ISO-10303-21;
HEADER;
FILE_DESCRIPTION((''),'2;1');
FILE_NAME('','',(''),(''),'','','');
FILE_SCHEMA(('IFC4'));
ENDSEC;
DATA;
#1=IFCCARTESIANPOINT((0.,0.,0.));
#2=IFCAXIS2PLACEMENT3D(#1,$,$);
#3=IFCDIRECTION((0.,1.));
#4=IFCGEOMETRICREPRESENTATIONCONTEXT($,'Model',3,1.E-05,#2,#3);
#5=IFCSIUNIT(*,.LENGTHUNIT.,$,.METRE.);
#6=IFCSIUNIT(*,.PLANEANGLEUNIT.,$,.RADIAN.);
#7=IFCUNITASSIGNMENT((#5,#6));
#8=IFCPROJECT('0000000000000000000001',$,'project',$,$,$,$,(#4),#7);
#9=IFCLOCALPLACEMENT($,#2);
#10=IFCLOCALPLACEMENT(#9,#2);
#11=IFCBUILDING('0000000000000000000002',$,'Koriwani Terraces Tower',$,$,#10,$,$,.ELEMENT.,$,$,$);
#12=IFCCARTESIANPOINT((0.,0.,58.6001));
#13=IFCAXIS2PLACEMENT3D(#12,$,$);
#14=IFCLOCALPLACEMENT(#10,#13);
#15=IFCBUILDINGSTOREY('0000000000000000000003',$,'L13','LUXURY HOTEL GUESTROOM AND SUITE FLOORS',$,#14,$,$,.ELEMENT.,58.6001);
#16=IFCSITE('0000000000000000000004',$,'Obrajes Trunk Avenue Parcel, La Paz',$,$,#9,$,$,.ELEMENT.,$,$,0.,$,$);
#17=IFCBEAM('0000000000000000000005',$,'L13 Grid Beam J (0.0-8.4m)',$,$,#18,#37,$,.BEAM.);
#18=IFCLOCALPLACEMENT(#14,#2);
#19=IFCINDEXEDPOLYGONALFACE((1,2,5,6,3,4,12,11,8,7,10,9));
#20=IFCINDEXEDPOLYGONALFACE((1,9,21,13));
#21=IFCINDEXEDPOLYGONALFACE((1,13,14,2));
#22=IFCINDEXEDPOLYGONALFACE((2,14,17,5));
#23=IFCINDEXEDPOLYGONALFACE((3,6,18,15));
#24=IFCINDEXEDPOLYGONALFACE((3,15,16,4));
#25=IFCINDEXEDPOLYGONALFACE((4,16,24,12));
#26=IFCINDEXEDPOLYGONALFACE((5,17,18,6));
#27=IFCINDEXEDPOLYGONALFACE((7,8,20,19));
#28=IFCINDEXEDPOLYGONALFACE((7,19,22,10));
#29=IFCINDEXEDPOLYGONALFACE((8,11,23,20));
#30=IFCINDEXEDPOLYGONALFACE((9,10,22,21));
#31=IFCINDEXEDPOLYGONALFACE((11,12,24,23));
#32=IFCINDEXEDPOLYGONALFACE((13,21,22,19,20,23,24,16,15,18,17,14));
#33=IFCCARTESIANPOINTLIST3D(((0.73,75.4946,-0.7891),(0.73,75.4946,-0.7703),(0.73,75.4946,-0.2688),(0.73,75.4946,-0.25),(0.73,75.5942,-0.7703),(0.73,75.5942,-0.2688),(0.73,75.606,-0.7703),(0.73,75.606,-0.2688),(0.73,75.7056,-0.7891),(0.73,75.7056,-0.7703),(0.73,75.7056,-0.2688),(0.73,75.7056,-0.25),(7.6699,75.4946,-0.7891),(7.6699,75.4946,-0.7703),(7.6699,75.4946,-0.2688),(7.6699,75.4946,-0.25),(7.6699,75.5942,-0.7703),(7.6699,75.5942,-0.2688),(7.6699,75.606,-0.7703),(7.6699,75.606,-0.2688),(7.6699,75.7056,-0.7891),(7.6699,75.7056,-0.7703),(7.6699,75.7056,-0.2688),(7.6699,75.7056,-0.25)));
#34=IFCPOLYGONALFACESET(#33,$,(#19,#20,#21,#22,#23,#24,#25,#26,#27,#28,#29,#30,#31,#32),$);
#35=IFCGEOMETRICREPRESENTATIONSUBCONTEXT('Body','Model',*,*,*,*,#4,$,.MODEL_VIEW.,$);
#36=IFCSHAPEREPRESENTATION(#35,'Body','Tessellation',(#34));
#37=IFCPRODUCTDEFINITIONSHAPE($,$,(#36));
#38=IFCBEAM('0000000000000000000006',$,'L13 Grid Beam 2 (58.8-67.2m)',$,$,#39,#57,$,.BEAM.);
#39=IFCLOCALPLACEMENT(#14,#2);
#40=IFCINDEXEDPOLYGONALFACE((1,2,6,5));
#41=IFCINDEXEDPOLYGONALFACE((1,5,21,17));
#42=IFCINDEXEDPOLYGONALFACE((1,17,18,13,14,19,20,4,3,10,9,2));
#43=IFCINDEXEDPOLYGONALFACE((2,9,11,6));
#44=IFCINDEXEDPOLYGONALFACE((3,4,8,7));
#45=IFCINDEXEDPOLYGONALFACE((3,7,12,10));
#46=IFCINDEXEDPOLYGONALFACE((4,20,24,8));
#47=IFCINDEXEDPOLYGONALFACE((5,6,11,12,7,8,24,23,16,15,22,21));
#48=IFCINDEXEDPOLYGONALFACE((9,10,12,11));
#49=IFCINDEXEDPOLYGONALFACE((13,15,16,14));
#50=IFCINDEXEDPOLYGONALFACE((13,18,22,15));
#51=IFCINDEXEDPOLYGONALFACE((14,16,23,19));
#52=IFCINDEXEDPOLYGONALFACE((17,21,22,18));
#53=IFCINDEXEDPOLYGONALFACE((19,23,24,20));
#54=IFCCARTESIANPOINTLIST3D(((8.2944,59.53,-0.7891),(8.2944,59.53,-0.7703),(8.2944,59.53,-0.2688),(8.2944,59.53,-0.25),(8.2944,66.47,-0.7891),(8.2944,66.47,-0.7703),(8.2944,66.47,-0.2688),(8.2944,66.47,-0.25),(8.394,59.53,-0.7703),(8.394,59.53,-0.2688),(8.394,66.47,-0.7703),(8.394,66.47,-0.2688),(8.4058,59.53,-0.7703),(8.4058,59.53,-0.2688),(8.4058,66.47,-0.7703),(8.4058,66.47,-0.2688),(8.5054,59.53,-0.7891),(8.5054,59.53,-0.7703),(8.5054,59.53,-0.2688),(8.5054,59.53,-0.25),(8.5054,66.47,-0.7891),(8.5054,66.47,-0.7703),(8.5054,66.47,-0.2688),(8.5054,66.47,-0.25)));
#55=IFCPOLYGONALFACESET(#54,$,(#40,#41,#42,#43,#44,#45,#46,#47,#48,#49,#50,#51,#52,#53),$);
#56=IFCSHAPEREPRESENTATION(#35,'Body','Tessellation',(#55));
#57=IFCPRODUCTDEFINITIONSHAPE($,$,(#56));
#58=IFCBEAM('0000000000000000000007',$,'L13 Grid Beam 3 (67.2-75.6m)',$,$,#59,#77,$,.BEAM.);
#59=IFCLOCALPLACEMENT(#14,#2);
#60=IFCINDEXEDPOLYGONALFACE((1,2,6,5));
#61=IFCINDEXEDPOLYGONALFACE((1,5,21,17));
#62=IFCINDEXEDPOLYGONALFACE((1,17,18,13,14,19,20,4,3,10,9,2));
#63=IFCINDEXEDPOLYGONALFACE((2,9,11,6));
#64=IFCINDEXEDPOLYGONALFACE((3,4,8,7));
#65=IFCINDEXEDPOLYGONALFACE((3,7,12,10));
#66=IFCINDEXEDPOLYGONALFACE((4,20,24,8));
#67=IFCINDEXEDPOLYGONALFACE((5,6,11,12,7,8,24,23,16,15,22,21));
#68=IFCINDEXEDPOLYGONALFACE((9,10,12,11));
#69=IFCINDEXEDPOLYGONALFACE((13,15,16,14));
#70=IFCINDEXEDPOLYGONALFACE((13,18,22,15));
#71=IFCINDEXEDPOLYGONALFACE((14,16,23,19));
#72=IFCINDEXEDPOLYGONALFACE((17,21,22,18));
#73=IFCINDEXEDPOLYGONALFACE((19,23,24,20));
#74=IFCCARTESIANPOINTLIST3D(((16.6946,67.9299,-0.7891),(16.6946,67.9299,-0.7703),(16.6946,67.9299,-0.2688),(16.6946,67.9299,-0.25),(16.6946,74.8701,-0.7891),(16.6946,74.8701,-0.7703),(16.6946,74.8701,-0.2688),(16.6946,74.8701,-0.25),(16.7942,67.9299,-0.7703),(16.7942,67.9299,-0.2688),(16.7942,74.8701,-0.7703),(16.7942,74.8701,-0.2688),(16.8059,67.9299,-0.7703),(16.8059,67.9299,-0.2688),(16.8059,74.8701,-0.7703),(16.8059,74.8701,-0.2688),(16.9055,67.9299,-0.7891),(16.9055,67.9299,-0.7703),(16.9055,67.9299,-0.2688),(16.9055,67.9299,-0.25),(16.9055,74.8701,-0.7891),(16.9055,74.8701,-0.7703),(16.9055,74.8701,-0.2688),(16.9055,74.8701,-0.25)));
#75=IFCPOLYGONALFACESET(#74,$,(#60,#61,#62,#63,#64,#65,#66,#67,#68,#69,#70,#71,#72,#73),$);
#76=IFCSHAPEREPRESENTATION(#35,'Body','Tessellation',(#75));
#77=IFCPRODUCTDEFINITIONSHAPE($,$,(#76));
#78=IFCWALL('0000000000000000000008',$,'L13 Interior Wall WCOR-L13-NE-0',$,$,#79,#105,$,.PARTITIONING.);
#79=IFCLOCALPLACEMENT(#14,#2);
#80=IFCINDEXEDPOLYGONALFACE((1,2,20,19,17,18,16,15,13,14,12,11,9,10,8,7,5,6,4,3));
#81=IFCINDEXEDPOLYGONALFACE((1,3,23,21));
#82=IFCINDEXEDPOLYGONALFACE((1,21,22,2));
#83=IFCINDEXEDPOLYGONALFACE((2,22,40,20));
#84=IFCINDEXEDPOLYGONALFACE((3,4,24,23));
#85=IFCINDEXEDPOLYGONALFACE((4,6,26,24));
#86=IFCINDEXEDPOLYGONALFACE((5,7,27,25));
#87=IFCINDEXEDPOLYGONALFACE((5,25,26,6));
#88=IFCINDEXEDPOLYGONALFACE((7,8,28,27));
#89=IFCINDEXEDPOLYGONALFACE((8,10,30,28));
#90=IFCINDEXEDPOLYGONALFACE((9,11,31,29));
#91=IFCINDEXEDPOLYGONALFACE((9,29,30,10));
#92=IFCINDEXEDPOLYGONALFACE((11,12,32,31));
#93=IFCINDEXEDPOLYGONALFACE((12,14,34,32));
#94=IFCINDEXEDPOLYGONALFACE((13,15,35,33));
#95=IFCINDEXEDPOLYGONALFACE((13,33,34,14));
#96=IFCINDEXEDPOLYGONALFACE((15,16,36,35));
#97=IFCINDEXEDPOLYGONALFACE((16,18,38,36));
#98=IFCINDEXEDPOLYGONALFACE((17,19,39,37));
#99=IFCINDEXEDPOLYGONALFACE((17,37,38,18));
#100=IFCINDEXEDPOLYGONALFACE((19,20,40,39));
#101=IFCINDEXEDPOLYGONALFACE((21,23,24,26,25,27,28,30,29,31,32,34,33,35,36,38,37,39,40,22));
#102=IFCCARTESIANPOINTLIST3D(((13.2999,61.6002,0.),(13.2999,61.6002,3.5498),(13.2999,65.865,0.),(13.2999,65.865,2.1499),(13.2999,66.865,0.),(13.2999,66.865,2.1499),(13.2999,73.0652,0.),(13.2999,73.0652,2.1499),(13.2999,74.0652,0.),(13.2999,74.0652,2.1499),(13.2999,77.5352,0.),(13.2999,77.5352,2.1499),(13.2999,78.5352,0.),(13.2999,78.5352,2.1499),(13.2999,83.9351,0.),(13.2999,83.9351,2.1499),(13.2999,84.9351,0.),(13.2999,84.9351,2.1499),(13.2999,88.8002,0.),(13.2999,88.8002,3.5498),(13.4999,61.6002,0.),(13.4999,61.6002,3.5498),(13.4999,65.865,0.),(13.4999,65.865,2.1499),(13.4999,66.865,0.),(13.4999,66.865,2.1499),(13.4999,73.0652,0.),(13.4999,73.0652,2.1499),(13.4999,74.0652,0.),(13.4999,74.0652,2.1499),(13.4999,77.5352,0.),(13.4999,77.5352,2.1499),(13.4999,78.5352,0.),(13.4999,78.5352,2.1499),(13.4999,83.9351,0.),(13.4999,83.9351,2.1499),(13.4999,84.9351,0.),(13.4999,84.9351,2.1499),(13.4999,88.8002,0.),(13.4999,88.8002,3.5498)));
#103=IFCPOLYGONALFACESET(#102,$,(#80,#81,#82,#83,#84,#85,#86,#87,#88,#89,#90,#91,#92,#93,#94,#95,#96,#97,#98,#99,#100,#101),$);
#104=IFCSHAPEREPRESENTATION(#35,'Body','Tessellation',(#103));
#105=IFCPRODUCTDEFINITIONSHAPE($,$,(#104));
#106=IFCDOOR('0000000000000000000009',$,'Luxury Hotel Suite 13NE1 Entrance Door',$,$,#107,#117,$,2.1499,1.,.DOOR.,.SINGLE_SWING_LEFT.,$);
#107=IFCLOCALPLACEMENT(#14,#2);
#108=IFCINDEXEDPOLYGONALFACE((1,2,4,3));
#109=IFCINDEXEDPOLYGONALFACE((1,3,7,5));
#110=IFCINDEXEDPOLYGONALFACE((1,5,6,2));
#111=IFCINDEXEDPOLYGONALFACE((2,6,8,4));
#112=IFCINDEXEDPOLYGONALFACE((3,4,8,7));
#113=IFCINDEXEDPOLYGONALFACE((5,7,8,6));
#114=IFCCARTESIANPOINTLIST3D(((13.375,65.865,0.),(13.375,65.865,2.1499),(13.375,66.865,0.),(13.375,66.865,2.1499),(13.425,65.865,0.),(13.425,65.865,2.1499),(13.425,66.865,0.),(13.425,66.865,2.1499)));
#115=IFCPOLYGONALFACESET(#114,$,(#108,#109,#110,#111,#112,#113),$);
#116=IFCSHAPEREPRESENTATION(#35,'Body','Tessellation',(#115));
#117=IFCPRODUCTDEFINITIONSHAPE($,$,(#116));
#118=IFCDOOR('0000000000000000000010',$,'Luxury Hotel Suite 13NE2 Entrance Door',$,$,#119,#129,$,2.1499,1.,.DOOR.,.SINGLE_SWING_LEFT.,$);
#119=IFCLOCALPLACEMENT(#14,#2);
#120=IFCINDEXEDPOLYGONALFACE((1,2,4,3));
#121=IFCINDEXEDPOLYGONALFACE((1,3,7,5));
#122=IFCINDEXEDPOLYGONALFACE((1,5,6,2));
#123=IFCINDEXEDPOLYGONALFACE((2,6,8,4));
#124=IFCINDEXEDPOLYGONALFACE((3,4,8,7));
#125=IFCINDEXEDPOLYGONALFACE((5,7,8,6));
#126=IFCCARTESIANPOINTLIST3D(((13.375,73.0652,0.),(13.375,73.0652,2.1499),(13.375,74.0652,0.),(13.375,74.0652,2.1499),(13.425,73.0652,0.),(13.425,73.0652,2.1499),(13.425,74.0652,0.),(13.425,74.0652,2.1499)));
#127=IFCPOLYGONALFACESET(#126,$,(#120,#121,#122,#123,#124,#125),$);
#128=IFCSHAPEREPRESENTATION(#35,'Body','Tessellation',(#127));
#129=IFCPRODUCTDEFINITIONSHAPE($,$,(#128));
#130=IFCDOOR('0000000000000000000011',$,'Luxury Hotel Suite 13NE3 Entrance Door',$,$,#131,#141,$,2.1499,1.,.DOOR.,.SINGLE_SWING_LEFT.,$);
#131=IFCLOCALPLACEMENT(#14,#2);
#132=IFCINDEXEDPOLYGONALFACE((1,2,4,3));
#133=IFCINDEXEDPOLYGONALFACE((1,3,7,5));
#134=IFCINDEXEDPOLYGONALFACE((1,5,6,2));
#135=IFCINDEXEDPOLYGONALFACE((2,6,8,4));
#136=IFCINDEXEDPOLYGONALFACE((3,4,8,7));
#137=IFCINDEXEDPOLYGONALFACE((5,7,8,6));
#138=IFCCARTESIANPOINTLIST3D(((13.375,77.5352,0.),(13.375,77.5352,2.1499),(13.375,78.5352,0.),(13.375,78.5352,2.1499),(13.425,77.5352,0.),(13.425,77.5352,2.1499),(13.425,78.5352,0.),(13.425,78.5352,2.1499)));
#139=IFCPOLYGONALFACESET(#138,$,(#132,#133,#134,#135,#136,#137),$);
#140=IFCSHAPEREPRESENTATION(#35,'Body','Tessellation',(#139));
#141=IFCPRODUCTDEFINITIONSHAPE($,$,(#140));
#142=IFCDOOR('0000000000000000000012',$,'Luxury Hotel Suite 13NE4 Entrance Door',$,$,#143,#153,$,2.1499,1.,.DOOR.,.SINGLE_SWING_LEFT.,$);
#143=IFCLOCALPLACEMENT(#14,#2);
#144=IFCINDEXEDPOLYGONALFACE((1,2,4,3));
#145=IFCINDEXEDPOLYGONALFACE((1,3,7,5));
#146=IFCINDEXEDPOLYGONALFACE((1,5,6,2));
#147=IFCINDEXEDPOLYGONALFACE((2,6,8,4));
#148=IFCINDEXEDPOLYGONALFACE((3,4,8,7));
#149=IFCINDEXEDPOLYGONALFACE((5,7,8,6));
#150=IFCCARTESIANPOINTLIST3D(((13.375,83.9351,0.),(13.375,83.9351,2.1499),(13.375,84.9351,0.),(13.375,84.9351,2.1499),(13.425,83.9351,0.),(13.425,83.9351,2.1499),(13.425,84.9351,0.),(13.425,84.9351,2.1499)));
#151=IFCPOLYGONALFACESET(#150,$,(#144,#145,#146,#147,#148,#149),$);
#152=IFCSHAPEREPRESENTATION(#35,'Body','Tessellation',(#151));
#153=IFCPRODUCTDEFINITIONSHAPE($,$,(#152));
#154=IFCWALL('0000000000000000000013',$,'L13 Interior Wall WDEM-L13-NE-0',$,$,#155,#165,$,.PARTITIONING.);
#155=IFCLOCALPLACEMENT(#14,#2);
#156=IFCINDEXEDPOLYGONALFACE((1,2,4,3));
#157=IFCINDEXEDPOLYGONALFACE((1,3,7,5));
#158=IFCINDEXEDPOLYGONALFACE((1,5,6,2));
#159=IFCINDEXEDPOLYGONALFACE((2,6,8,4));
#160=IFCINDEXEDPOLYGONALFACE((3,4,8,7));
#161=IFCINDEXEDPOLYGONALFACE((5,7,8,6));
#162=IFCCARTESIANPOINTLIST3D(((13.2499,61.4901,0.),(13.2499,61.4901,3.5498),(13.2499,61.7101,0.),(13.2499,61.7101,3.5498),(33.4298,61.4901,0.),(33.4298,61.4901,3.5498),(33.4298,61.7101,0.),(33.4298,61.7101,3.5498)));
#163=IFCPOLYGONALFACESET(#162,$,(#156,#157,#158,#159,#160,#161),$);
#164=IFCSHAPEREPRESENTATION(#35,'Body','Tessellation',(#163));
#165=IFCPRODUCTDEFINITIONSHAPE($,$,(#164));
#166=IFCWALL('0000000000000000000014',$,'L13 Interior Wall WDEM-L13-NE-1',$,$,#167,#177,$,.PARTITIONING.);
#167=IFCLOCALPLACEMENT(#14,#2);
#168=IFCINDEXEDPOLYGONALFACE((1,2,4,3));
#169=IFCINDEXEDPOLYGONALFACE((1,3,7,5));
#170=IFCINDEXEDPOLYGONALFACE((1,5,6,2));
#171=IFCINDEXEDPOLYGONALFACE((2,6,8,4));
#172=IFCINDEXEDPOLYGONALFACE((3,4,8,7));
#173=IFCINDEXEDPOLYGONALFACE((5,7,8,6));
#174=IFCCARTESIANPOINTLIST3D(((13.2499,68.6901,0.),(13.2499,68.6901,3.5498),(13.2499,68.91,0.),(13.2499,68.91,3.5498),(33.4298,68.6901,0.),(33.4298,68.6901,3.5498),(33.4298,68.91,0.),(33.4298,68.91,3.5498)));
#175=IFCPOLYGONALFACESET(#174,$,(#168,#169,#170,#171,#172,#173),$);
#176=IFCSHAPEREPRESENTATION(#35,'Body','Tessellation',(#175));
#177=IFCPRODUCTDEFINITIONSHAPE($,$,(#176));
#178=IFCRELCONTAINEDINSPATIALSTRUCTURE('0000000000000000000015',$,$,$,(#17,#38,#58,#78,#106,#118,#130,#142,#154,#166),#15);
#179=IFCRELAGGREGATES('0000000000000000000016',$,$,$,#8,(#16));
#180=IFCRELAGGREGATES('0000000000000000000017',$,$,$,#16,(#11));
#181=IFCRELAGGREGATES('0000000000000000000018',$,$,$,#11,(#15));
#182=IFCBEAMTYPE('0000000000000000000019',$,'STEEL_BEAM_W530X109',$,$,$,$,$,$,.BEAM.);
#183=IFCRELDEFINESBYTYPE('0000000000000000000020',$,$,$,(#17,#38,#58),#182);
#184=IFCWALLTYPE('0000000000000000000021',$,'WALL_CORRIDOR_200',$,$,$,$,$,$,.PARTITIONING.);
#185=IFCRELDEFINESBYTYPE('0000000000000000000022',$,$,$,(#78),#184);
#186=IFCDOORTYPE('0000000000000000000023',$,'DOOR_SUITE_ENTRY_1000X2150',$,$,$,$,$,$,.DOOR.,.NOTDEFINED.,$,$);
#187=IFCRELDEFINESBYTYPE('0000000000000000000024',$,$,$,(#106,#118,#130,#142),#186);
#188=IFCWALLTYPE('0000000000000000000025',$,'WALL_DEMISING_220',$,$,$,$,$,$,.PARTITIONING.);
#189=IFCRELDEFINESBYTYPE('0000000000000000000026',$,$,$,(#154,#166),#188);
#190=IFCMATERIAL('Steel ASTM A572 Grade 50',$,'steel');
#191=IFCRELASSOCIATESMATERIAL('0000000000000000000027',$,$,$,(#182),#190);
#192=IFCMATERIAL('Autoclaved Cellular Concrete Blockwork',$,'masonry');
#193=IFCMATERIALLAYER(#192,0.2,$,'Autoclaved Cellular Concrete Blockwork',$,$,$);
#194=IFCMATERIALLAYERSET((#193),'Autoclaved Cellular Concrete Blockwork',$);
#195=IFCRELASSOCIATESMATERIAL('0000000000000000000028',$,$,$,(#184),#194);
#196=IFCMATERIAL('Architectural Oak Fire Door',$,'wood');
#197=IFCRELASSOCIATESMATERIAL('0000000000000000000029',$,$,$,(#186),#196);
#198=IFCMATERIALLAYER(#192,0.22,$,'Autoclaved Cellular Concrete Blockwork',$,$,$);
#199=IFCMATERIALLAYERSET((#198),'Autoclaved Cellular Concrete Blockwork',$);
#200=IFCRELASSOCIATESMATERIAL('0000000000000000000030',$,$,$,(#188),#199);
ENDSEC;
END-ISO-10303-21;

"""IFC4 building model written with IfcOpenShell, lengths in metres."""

from ifc_helpers import new_model, si_unit, direction, frame, frame_2d, origin, origin_2d, place, context, subcontext, project, spatial, rectangle, i_section, extrude, material, layer, layer_set, material_profile, profile_set, type_object, element, fill, save


model = new_model("IFC4")

# Units and contexts
model_context = context("Model", 3, precision=1e-05, world=origin(), true_north=direction((0.0, 1.0)))
body_context = subcontext(model_context, "Body", "Model", "MODEL_VIEW")
ifc_project = project(units=[si_unit("LENGTHUNIT", "METRE"), si_unit("PLANEANGLEUNIT", "RADIAN")], contexts=[model_context])

# Site, building, storey
site_placement = place(None, origin())
site = spatial("IfcSite", under=ifc_project, at=site_placement, Name="Obrajes Trunk Avenue Parcel, La Paz", CompositionType="ELEMENT", RefElevation=0.0)
building_placement = place(site_placement, origin())
building = spatial("IfcBuilding", under=site, at=building_placement, Name="Koriwani Terraces Tower", CompositionType="ELEMENT")
storey_placement = place(building_placement, frame((0.0, 0.0, 58.6001)))
storey = spatial("IfcBuildingStorey", under=building, at=storey_placement, Name="L13", Description="LUXURY HOTEL GUESTROOM AND SUITE FLOORS", CompositionType="ELEMENT", Elevation=58.6001)

# Beams
ifc_material_1 = material(Name="Steel ASTM A572 Grade 50", Category="steel")
ifc_material_profile_1 = material_profile(ifc_material_1, i_section(OverallWidth=0.2109, OverallDepth=0.5391, WebThickness=0.0117, FlangeThickness=0.0188, at=origin_2d()), Name="Steel ASTM A572 Grade 50", Category="LoadBearing")
ifc_profile_set_1 = profile_set([ifc_material_profile_1], Name="Steel ASTM A572 Grade 50")
beam_type_1 = type_object("IfcBeamType", Name="STEEL_BEAM_W530X109", PredefinedType="BEAM", material=ifc_profile_set_1)
for number, where, z_axis, x_axis, name in (
    (1, (0.73, 75.6001, -0.5195), (1.0, 0.0, 0.0), (0.0, 1.0, 0.0), "L13 Grid Beam J (0.0-8.4m)"),
    (2, (8.3999, 59.53, -0.5195), (0.0, 1.0, 0.0), (-1.0, 0.0, 0.0), "L13 Grid Beam 2 (58.8-67.2m)"),
):
    element("IfcBeam", number, at=place(storey_placement, frame(where, z_axis=z_axis, x_axis=x_axis)), inside=storey, type_object=beam_type_1, Name=name, PredefinedType="BEAM", context=body_context, shape_type="SweptSolid", body=[
        extrude(i_section(OverallWidth=0.2109, OverallDepth=0.5391, WebThickness=0.0117, FlangeThickness=0.0188, at=origin_2d()), origin(), (0.0, 0.0, 1.0), 6.9399),
    ])
beam_1_placement = place(storey_placement, frame((16.8, 67.9299, -0.5195), z_axis=(0.0, 1.0, 0.0), x_axis=(-1.0, 0.0, 0.0)))
element("IfcBeam", 3, at=beam_1_placement, inside=storey, type_object=beam_type_1, Name="L13 Grid Beam 3 (67.2-75.6m)", PredefinedType="BEAM", context=body_context, shape_type="SweptSolid", body=[
    extrude(i_section(OverallWidth=0.2109, OverallDepth=0.5391, WebThickness=0.0117, FlangeThickness=0.0188, at=origin_2d()), origin(), (0.0, 0.0, 1.0), 6.9402),
])

# Wall, openings, doors
ifc_material_2 = material(Name="Autoclaved Cellular Concrete Blockwork", Category="masonry")
ifc_layer_1 = layer(ifc_material_2, 0.2, Name="Autoclaved Cellular Concrete Blockwork")
ifc_layer_set_1 = layer_set([ifc_layer_1], Name="Autoclaved Cellular Concrete Blockwork")
wall_type_1 = type_object("IfcWallType", Name="WALL_CORRIDOR_200", PredefinedType="PARTITIONING", material=ifc_layer_set_1)
wall_1_placement = place(storey_placement, frame((13.3999, 61.6001, 0.0), z_axis=(0.0, 0.0, 1.0), x_axis=(0.0, 1.0, 0.0)))
wall_1 = element("IfcWall", 4, at=wall_1_placement, inside=storey, type_object=wall_type_1, Name="L13 Interior Wall WCOR-L13-NE-0", PredefinedType="PARTITIONING", context=body_context, shape_type="SweptSolid", body=[
    extrude(rectangle(XDim=27.2, YDim=0.2, at=frame_2d((13.6001, 0.0))), origin(), (0.0, 0.0, 1.0), 3.5498),
])
opening_1_placement = place(wall_1_placement, frame((4.2649, 0.0, 0.0)))
opening_1 = element("IfcOpeningElement", 5, at=opening_1_placement, cuts=wall_1, PredefinedType="OPENING", context=body_context, shape_type="SweptSolid", body=[
    extrude(rectangle(XDim=1.0, YDim=2.1499, at=frame_2d((0.5, 1.075))), frame((0.0, 0.1099, 0.0), z_axis=(0.0, -1.0, 0.0), x_axis=(1.0, 0.0, 0.0)), (0.0, 0.0, 1.0), 0.22),
])
opening_2_placement = place(wall_1_placement, frame((11.4651, 0.0, 0.0)))
opening_2 = element("IfcOpeningElement", 6, at=opening_2_placement, cuts=wall_1, PredefinedType="OPENING", context=body_context, shape_type="SweptSolid", body=[
    extrude(rectangle(XDim=1.0, YDim=2.1499, at=frame_2d((0.5, 1.075))), frame((0.0, 0.1099, 0.0), z_axis=(0.0, -1.0, 0.0), x_axis=(1.0, 0.0, 0.0)), (0.0, 0.0, 1.0), 0.22),
])
opening_3_placement = place(wall_1_placement, frame((15.9351, 0.0, 0.0)))
opening_3 = element("IfcOpeningElement", 7, at=opening_3_placement, cuts=wall_1, PredefinedType="OPENING", context=body_context, shape_type="SweptSolid", body=[
    extrude(rectangle(XDim=1.0, YDim=2.1499, at=frame_2d((0.5, 1.075))), frame((0.0, 0.1099, 0.0), z_axis=(0.0, -1.0, 0.0), x_axis=(1.0, 0.0, 0.0)), (0.0, 0.0, 1.0), 0.22),
])
opening_4_placement = place(wall_1_placement, frame((22.335, 0.0, 0.0)))
opening_4 = element("IfcOpeningElement", 8, at=opening_4_placement, cuts=wall_1, PredefinedType="OPENING", context=body_context, shape_type="SweptSolid", body=[
    extrude(rectangle(XDim=1.0, YDim=2.1499, at=frame_2d((0.5, 1.075))), frame((0.0, 0.1099, 0.0), z_axis=(0.0, -1.0, 0.0), x_axis=(1.0, 0.0, 0.0)), (0.0, 0.0, 1.0), 0.22),
])
ifc_material_3 = material(Name="Architectural Oak Fire Door", Category="wood")
door_type_1 = type_object("IfcDoorType", Name="DOOR_SUITE_ENTRY_1000X2150", OperationType="NOTDEFINED", PredefinedType="DOOR", material=ifc_material_3)
door_1_placement = place(opening_1_placement, origin())
door_1 = element("IfcDoor", 9, at=door_1_placement, inside=storey, type_object=door_type_1, Name="Luxury Hotel Suite 13NE1 Entrance Door", OperationType="SINGLE_SWING_LEFT", OverallHeight=2.1499, OverallWidth=1.0, PredefinedType="DOOR", context=body_context, shape_type="SweptSolid", body=[
    extrude(rectangle(XDim=1.0, YDim=2.1499, at=frame_2d((0.5, 1.075))), frame((0.0, 0.0249, 0.0), z_axis=(0.0, -1.0, 0.0), x_axis=(1.0, 0.0, 0.0)), (0.0, 0.0, 1.0), 0.05),
])
fill(opening_1, door_1)
door_2_placement = place(opening_2_placement, origin())
door_2 = element("IfcDoor", 10, at=door_2_placement, inside=storey, type_object=door_type_1, Name="Luxury Hotel Suite 13NE2 Entrance Door", OperationType="SINGLE_SWING_LEFT", OverallHeight=2.1499, OverallWidth=1.0, PredefinedType="DOOR", context=body_context, shape_type="SweptSolid", body=[
    extrude(rectangle(XDim=1.0, YDim=2.1499, at=frame_2d((0.5, 1.075))), frame((0.0, 0.0249, 0.0), z_axis=(0.0, -1.0, 0.0), x_axis=(1.0, 0.0, 0.0)), (0.0, 0.0, 1.0), 0.05),
])
fill(opening_2, door_2)
door_3_placement = place(opening_3_placement, origin())
door_3 = element("IfcDoor", 11, at=door_3_placement, inside=storey, type_object=door_type_1, Name="Luxury Hotel Suite 13NE3 Entrance Door", OperationType="SINGLE_SWING_LEFT", OverallHeight=2.1499, OverallWidth=1.0, PredefinedType="DOOR", context=body_context, shape_type="SweptSolid", body=[
    extrude(rectangle(XDim=1.0, YDim=2.1499, at=frame_2d((0.5, 1.075))), frame((0.0, 0.0249, 0.0), z_axis=(0.0, -1.0, 0.0), x_axis=(1.0, 0.0, 0.0)), (0.0, 0.0, 1.0), 0.05),
])
fill(opening_3, door_3)
door_4_placement = place(opening_4_placement, origin())
door_4 = element("IfcDoor", 12, at=door_4_placement, inside=storey, type_object=door_type_1, Name="Luxury Hotel Suite 13NE4 Entrance Door", OperationType="SINGLE_SWING_LEFT", OverallHeight=2.1499, OverallWidth=1.0, PredefinedType="DOOR", context=body_context, shape_type="SweptSolid", body=[
    extrude(rectangle(XDim=1.0, YDim=2.1499, at=frame_2d((0.5, 1.075))), frame((0.0, 0.0249, 0.0), z_axis=(0.0, -1.0, 0.0), x_axis=(1.0, 0.0, 0.0)), (0.0, 0.0, 1.0), 0.05),
])
fill(opening_4, door_4)

# Walls
ifc_layer_2 = layer(ifc_material_2, 0.22, Name="Autoclaved Cellular Concrete Blockwork")
ifc_layer_set_2 = layer_set([ifc_layer_2], Name="Autoclaved Cellular Concrete Blockwork")
wall_type_2 = type_object("IfcWallType", Name="WALL_DEMISING_220", PredefinedType="PARTITIONING", material=ifc_layer_set_2)
for number, where, z_axis, x_axis, name in (
    (13, (13.25, 61.6001, 0.0), (0.0, 0.0, 1.0), (1.0, 0.0, 0.0), "L13 Interior Wall WDEM-L13-NE-0"),
    (14, (13.25, 68.8, 0.0), (0.0, 0.0, 1.0), (1.0, 0.0, 0.0), "L13 Interior Wall WDEM-L13-NE-1"),
):
    element("IfcWall", number, at=place(storey_placement, frame(where, z_axis=z_axis, x_axis=x_axis)), inside=storey, type_object=wall_type_2, Name=name, PredefinedType="PARTITIONING", context=body_context, shape_type="SweptSolid", body=[
        extrude(rectangle(XDim=20.1799, YDim=0.22, at=frame_2d((10.0898, 0.0))), origin(), (0.0, 0.0, 1.0), 3.5498),
    ])

save(model, "model.ifc")
